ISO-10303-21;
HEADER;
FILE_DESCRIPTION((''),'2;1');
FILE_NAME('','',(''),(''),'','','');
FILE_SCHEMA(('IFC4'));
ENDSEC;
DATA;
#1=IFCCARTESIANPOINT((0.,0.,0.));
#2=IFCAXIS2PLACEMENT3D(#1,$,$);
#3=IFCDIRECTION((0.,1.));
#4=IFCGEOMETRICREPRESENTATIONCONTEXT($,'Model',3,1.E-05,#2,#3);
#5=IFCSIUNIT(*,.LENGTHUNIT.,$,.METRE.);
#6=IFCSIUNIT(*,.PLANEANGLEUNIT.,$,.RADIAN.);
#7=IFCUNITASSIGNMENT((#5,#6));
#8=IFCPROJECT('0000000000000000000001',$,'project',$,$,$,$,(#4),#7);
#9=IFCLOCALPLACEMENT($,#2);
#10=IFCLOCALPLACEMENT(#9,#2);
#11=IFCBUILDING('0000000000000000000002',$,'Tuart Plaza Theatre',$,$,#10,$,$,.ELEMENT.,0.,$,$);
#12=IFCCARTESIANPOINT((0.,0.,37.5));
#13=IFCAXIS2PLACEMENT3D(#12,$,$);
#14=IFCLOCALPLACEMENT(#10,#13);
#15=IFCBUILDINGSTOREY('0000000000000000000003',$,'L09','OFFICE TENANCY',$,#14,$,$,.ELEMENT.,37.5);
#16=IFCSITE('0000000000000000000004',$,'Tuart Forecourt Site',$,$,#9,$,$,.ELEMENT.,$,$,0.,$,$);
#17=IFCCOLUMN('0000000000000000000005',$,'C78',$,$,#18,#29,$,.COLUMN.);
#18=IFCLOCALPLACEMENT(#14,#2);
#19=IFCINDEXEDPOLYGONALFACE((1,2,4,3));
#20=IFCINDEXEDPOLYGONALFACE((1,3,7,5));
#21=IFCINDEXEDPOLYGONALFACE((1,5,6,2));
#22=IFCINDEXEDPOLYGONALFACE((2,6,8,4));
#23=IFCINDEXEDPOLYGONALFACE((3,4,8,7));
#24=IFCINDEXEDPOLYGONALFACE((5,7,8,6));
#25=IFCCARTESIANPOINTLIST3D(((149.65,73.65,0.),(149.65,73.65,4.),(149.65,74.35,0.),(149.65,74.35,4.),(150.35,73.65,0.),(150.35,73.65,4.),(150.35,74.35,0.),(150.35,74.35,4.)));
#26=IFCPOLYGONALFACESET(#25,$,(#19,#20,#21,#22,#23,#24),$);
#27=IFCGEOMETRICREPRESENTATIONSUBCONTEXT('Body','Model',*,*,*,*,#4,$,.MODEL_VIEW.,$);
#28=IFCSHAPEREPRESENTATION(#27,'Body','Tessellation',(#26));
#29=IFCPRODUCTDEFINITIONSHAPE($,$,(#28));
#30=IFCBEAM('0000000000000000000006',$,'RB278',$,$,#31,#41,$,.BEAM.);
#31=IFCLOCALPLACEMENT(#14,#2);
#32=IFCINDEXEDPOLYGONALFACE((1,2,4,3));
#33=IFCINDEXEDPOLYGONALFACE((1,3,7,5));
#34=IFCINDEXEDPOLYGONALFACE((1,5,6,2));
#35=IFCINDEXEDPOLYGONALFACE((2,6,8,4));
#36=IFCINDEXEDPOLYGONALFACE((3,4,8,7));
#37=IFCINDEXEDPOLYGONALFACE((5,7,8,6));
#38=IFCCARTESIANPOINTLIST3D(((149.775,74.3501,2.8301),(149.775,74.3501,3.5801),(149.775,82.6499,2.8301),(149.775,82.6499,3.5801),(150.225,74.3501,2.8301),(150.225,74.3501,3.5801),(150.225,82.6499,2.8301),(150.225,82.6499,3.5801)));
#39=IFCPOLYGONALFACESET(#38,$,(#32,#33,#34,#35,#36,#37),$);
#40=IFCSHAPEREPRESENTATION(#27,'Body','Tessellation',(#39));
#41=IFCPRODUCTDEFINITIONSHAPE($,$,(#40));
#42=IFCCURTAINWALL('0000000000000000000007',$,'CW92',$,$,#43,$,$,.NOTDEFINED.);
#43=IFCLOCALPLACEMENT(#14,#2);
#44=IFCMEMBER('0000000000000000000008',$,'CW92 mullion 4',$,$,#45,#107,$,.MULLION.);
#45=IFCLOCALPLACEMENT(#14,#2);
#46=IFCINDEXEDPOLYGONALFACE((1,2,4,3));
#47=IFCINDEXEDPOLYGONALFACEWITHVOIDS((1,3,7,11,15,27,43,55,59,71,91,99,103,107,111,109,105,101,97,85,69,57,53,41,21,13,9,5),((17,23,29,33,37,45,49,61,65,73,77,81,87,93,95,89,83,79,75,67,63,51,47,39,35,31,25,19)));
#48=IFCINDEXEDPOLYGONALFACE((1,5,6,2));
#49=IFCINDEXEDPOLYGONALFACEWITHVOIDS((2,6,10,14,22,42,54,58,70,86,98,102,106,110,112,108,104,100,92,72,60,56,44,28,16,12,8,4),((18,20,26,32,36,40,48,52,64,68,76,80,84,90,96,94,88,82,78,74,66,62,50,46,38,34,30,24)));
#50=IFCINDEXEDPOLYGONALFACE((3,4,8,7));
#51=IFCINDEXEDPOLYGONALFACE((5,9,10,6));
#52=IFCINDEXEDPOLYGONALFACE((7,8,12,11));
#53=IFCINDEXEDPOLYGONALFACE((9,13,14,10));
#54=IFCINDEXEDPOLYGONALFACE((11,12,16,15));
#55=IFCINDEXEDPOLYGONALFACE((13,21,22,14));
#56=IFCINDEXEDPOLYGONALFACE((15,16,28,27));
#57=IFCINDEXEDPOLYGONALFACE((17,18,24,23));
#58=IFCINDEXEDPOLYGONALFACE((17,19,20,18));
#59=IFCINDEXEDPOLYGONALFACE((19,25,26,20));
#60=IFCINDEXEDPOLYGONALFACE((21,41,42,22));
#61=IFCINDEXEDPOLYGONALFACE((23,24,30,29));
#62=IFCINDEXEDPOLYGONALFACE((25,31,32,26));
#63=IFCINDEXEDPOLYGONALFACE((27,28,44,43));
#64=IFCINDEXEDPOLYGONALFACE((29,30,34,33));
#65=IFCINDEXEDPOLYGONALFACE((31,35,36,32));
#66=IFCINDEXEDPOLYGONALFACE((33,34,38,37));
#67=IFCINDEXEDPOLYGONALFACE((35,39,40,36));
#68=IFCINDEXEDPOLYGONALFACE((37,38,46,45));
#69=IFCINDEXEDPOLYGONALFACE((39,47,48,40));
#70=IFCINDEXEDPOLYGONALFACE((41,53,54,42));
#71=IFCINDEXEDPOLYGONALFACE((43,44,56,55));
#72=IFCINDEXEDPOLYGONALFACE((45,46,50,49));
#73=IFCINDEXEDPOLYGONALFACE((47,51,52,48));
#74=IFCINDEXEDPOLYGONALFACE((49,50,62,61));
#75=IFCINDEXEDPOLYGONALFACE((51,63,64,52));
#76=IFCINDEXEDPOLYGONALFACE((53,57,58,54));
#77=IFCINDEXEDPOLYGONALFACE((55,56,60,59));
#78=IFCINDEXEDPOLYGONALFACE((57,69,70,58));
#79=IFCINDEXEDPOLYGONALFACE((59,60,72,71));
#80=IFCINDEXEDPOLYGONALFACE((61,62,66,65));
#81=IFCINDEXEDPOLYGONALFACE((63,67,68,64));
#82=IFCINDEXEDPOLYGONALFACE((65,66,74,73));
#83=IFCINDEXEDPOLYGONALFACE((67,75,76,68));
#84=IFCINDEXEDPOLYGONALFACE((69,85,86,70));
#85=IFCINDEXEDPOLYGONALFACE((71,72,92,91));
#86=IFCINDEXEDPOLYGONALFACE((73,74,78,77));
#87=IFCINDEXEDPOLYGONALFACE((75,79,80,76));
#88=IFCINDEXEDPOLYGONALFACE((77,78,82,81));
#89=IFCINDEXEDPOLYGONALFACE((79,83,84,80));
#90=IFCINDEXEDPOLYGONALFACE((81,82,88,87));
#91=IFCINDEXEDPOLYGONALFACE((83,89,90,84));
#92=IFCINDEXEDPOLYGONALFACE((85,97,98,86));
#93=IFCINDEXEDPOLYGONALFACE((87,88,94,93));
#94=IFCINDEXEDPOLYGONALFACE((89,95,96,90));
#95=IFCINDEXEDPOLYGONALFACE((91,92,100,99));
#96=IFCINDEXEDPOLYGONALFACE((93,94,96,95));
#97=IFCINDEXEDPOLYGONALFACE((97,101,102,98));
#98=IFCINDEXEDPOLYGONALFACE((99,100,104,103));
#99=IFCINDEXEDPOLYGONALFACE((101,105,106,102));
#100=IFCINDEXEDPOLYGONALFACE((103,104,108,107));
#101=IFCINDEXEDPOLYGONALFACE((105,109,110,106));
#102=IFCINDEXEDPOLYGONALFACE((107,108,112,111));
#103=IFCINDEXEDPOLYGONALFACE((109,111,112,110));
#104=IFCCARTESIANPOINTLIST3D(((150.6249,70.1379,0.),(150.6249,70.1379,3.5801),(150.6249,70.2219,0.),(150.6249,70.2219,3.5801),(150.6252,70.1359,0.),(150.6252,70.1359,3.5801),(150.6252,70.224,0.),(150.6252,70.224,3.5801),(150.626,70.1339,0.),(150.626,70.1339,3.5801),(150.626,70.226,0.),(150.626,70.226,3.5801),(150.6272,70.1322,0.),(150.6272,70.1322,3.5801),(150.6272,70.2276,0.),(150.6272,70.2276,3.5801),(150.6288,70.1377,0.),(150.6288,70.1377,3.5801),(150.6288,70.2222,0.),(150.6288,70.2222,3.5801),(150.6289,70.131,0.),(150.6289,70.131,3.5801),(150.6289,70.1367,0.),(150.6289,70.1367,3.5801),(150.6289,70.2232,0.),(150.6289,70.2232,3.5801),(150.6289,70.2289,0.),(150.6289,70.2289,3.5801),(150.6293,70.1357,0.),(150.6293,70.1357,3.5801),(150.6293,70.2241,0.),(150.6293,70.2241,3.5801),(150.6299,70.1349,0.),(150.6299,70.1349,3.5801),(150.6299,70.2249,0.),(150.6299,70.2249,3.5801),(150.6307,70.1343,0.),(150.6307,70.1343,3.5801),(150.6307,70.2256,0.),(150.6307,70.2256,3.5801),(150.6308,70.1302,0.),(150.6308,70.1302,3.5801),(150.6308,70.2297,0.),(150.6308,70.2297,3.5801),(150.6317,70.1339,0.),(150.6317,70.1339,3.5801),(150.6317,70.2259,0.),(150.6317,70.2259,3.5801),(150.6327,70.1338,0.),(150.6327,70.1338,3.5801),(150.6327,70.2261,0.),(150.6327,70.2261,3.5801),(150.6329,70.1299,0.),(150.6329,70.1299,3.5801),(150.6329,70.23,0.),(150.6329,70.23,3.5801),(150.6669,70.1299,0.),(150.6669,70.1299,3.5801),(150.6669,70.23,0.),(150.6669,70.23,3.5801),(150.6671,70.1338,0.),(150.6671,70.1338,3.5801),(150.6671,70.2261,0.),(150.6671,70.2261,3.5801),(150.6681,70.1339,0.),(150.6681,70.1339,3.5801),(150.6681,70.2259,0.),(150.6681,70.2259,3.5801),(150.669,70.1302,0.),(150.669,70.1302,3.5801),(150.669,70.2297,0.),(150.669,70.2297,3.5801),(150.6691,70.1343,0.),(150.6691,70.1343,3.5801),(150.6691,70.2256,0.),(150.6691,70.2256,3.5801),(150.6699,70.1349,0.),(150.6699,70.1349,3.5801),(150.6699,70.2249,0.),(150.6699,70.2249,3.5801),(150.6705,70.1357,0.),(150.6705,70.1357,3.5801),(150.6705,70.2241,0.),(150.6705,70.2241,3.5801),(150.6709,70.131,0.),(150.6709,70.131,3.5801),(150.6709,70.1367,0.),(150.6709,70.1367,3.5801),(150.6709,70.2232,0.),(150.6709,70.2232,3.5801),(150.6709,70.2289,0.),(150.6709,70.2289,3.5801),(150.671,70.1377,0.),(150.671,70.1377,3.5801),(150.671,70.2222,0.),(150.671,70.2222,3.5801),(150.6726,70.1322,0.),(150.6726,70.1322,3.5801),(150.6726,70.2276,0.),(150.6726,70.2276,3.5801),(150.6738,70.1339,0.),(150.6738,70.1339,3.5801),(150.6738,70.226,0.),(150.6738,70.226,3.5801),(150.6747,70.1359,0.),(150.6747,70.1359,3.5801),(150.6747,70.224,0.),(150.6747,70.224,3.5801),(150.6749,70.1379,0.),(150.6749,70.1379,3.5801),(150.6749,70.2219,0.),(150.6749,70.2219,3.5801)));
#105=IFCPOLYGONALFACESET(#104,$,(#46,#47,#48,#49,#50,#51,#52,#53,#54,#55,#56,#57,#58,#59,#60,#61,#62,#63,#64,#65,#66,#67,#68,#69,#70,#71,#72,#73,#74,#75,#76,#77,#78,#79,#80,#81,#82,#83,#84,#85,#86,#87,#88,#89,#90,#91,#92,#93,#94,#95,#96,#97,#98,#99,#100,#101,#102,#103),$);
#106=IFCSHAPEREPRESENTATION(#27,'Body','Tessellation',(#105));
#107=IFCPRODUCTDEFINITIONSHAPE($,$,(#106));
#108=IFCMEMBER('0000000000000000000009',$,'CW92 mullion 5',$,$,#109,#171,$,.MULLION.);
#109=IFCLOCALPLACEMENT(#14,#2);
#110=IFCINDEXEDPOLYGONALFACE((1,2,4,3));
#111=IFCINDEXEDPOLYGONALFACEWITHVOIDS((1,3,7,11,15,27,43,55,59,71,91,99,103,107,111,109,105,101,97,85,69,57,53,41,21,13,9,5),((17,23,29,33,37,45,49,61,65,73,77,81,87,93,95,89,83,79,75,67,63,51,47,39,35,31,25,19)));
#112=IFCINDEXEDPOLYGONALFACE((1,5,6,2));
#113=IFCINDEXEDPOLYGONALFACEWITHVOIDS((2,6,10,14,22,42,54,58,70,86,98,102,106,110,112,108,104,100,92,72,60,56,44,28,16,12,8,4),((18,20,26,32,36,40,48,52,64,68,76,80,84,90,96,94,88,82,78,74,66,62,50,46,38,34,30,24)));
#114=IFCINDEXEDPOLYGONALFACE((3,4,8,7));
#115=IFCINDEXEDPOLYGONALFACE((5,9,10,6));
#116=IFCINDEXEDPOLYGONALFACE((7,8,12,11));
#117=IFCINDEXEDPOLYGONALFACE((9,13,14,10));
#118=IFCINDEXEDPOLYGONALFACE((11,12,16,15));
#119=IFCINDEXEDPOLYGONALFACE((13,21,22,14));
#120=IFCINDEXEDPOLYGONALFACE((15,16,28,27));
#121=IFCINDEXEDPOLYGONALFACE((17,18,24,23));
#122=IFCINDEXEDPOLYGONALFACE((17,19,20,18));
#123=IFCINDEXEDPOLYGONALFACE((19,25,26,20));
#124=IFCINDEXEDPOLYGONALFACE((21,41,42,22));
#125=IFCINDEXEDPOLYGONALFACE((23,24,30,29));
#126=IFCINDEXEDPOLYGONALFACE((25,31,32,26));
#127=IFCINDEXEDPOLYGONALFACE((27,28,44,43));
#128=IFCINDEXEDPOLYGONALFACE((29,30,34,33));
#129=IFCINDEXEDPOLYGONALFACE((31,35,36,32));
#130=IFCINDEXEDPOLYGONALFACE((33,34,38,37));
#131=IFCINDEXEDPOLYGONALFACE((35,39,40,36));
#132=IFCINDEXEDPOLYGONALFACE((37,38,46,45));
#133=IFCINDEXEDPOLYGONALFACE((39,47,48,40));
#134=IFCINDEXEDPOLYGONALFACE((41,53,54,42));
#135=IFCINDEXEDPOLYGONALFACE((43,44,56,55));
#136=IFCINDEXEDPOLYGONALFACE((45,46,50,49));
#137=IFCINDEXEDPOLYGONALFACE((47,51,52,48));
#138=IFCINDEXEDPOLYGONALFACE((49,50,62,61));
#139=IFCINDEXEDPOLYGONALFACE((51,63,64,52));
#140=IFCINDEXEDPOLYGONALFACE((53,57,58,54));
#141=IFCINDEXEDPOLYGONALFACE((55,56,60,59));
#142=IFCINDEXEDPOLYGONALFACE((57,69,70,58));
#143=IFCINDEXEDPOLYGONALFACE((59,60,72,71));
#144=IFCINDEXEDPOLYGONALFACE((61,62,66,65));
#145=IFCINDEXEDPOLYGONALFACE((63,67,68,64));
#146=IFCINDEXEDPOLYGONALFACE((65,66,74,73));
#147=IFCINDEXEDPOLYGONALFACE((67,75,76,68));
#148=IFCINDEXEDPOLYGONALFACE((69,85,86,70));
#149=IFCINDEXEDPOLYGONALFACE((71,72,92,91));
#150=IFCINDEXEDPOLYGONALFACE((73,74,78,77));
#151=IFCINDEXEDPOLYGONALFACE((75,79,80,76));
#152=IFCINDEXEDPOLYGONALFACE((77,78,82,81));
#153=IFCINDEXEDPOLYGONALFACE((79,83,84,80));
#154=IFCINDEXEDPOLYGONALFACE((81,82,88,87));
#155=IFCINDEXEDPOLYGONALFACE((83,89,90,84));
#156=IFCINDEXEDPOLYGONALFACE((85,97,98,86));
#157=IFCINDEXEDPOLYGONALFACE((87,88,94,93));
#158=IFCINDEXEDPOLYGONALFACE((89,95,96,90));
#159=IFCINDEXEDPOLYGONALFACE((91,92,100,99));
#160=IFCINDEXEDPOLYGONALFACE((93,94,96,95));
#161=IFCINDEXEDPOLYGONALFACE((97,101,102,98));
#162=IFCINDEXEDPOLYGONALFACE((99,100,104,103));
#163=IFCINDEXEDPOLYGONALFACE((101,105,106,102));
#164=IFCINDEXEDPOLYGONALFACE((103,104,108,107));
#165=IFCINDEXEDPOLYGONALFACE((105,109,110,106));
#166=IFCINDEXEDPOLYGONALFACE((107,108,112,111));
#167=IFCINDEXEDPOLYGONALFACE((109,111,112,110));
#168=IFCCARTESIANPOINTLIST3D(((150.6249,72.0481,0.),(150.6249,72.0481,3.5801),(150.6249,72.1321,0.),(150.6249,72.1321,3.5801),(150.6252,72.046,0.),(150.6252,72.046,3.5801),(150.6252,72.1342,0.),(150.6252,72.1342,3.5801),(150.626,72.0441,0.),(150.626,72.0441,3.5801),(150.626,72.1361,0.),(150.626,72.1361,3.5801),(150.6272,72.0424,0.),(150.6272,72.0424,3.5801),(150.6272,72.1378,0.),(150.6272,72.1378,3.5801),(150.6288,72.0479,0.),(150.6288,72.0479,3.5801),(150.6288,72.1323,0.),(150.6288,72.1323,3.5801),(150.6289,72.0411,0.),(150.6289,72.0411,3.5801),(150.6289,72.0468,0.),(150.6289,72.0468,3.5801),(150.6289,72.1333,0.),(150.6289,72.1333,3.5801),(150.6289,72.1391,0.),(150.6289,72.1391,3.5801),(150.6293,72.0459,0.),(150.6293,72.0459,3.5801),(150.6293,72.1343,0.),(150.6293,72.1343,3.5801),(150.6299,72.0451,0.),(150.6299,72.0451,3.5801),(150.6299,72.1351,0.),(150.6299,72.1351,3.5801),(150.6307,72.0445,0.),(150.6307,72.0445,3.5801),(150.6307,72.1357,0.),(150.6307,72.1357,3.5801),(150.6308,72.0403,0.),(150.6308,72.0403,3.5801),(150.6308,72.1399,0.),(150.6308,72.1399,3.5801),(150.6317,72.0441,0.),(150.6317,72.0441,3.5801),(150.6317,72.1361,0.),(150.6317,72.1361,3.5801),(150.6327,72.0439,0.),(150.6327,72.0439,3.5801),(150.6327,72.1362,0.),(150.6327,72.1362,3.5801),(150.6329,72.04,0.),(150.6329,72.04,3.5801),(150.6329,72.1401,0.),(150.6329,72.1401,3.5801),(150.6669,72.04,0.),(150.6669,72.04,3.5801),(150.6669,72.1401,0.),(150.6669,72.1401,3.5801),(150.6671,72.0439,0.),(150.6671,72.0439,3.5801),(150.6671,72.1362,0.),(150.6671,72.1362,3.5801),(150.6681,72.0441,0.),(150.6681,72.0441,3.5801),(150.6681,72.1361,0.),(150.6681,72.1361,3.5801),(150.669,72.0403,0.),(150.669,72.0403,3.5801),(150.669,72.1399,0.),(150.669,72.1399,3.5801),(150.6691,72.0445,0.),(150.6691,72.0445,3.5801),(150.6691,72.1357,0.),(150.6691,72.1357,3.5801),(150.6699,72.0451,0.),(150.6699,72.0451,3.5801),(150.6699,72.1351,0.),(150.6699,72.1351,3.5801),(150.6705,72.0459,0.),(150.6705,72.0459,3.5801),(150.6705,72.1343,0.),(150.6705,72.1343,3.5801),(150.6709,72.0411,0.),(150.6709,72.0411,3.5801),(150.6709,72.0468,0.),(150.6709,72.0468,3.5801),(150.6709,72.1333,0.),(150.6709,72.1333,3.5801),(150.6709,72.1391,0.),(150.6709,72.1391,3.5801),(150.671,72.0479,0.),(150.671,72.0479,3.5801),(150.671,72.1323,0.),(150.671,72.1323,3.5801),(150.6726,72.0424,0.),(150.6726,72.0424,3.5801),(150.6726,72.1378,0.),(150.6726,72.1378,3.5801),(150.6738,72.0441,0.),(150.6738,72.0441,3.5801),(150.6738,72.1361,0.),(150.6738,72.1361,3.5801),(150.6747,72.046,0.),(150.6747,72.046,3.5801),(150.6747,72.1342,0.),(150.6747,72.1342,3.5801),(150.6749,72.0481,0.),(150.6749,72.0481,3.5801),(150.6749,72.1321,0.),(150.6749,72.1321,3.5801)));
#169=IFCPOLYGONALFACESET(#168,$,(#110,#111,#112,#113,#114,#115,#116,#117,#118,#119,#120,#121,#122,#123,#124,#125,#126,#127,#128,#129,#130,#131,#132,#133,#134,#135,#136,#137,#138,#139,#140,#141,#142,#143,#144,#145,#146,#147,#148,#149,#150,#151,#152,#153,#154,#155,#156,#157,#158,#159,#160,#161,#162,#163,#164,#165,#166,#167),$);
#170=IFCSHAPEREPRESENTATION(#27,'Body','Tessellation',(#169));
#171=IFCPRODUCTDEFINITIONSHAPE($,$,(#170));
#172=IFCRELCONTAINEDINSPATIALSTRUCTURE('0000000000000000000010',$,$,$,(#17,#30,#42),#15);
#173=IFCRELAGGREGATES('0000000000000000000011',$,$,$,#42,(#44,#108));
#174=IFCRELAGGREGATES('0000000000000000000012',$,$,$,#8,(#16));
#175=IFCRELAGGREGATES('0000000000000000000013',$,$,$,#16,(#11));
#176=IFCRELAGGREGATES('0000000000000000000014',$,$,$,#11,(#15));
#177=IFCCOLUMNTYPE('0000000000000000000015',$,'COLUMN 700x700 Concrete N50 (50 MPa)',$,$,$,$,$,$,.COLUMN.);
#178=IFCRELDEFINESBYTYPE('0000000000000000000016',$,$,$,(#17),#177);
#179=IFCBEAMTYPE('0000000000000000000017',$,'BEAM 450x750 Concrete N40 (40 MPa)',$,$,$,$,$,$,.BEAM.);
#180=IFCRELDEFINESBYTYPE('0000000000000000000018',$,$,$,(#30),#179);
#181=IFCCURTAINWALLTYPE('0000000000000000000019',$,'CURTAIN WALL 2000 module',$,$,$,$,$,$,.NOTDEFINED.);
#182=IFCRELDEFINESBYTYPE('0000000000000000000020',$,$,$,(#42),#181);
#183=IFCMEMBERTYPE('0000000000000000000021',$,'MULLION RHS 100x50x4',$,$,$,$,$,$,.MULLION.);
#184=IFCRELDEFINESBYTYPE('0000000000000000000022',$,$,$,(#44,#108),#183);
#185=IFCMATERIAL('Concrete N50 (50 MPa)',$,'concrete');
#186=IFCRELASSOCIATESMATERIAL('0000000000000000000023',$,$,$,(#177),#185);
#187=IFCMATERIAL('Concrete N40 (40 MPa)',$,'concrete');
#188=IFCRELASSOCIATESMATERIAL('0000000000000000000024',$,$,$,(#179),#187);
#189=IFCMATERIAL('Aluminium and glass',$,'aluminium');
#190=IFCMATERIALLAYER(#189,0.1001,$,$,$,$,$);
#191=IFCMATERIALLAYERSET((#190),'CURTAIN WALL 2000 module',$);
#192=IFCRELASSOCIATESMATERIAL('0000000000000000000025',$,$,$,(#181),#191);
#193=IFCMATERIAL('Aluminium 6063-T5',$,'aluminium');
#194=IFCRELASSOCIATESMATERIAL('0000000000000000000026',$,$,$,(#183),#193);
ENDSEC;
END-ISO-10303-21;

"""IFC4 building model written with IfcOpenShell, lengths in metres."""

from ifc_helpers import new_model, si_unit, direction, frame, origin, origin_2d, place, context, subcontext, project, spatial, rectangle, hollow_rectangle, extrude, material, layer, layer_set, material_profile, profile_set, type_object, element, aggregate, save


model = new_model("IFC4")

# Units and contexts
model_context = context("Model", 3, precision=1e-05, world=origin(), true_north=direction((0.0, 1.0)))
body_context = subcontext(model_context, "Body", "Model", "MODEL_VIEW")
ifc_project = project(units=[si_unit("LENGTHUNIT", "METRE"), si_unit("PLANEANGLEUNIT", "RADIAN")], contexts=[model_context])

# Site, building, storey
site_placement = place(None, origin())
site = spatial("IfcSite", under=ifc_project, at=site_placement, Name="Tuart Forecourt Site", CompositionType="ELEMENT", RefElevation=0.0)
building_placement = place(site_placement, origin())
building = spatial("IfcBuilding", under=site, at=building_placement, Name="Tuart Plaza Theatre", CompositionType="ELEMENT", ElevationOfRefHeight=0.0)
storey_placement = place(building_placement, frame((0.0, 0.0, 37.5)))
storey = spatial("IfcBuildingStorey", under=building, at=storey_placement, Name="L09", Description="OFFICE TENANCY", CompositionType="ELEMENT", Elevation=37.5)

# Column
ifc_material_1 = material(Name="Concrete N50 (50 MPa)", Category="concrete")
ifc_material_profile_1 = material_profile(ifc_material_1, rectangle(XDim=0.7, YDim=0.7, at=origin_2d()), Name="COLUMN 700x700 Concrete N50 (50 MPa)")
ifc_profile_set_1 = profile_set([ifc_material_profile_1], Name="Concrete N50 (50 MPa)")
column_type = type_object("IfcColumnType", Name="COLUMN 700x700 Concrete N50 (50 MPa)", PredefinedType="COLUMN", material=ifc_profile_set_1)
column_placement = place(storey_placement, frame((150.0, 74.0, 0.0), z_axis=(0.0, 0.0, 1.0), x_axis=(1.0, 0.0, 0.0)))
element("IfcColumn", 1, at=column_placement, inside=storey, type_object=column_type, Name="C78", PredefinedType="COLUMN", context=body_context, shape_type="SweptSolid", body=[
    extrude(rectangle(XDim=0.7, YDim=0.7, at=origin_2d()), origin(), (0.0, 0.0, 1.0), 4.0),
])

# Beam
ifc_material_2 = material(Name="Concrete N40 (40 MPa)", Category="concrete")
ifc_material_profile_2 = material_profile(ifc_material_2, rectangle(XDim=0.45, YDim=0.75, at=origin_2d()), Name="BEAM 450x750 Concrete N40 (40 MPa)")
ifc_profile_set_2 = profile_set([ifc_material_profile_2], Name="Concrete N40 (40 MPa)")
beam_type = type_object("IfcBeamType", Name="BEAM 450x750 Concrete N40 (40 MPa)", PredefinedType="BEAM", material=ifc_profile_set_2)
beam_placement = place(storey_placement, frame((150.0, 74.3501, 3.2051), z_axis=(0.0, 1.0, 0.0), x_axis=(-1.0, 0.0, 0.0)))
element("IfcBeam", 2, at=beam_placement, inside=storey, type_object=beam_type, Name="RB278", PredefinedType="BEAM", context=body_context, shape_type="SweptSolid", body=[
    extrude(rectangle(XDim=0.45, YDim=0.75, at=origin_2d()), origin(), (0.0, 0.0, 1.0), 8.2998),
])

# Curtain wall, members
ifc_material_3 = material(Name="Aluminium and glass", Category="aluminium")
ifc_layer_1 = layer(ifc_material_3, 0.1001)
ifc_layer_set_1 = layer_set([ifc_layer_1], Name="CURTAIN WALL 2000 module")
curtain_wall_type = type_object("IfcCurtainWallType", Name="CURTAIN WALL 2000 module", PredefinedType="NOTDEFINED", material=ifc_layer_set_1)
curtain_wall_placement = place(storey_placement, origin())
curtain_wall = element("IfcCurtainWall", 3, at=curtain_wall_placement, inside=storey, type_object=curtain_wall_type, Name="CW92", PredefinedType="NOTDEFINED")
ifc_material_4 = material(Name="Aluminium 6063-T5", Category="aluminium")
ifc_material_profile_3 = material_profile(ifc_material_4, hollow_rectangle(XDim=0.05, YDim=0.1001, WallThickness=0.0039, InnerFilletRadius=0.0039, OuterFilletRadius=0.0081, at=origin_2d()), Name="RHS 100x50x4")
ifc_profile_set_3 = profile_set([ifc_material_profile_3], Name="Aluminium 6063-T5")
member_type_1 = type_object("IfcMemberType", Name="MULLION RHS 100x50x4", PredefinedType="MULLION", material=ifc_profile_set_3)
member_1_placement = place(storey_placement, frame((150.6499, 70.1799, 0.0), z_axis=(0.0, 0.0, 1.0), x_axis=(-1.0, 0.0, 0.0)))
member_1 = element("IfcMember", 4, at=member_1_placement, type_object=member_type_1, Name="CW92 mullion 4", PredefinedType="MULLION", context=body_context, shape_type="SweptSolid", body=[
    extrude(hollow_rectangle(XDim=0.05, YDim=0.1001, WallThickness=0.0039, InnerFilletRadius=0.0039, OuterFilletRadius=0.0081, at=origin_2d()), origin(), (0.0, 0.0, 1.0), 3.5801),
])
member_2_placement = place(storey_placement, frame((150.6499, 72.0901, 0.0), z_axis=(0.0, 0.0, 1.0), x_axis=(-1.0, 0.0, 0.0)))
member_2 = element("IfcMember", 5, at=member_2_placement, type_object=member_type_1, Name="CW92 mullion 5", PredefinedType="MULLION", context=body_context, shape_type="SweptSolid", body=[
    extrude(hollow_rectangle(XDim=0.05, YDim=0.1001, WallThickness=0.0039, InnerFilletRadius=0.0039, OuterFilletRadius=0.0081, at=origin_2d()), origin(), (0.0, 0.0, 1.0), 3.5801),
])
aggregate(curtain_wall, [member_1, member_2])

save(model, "model.ifc")
